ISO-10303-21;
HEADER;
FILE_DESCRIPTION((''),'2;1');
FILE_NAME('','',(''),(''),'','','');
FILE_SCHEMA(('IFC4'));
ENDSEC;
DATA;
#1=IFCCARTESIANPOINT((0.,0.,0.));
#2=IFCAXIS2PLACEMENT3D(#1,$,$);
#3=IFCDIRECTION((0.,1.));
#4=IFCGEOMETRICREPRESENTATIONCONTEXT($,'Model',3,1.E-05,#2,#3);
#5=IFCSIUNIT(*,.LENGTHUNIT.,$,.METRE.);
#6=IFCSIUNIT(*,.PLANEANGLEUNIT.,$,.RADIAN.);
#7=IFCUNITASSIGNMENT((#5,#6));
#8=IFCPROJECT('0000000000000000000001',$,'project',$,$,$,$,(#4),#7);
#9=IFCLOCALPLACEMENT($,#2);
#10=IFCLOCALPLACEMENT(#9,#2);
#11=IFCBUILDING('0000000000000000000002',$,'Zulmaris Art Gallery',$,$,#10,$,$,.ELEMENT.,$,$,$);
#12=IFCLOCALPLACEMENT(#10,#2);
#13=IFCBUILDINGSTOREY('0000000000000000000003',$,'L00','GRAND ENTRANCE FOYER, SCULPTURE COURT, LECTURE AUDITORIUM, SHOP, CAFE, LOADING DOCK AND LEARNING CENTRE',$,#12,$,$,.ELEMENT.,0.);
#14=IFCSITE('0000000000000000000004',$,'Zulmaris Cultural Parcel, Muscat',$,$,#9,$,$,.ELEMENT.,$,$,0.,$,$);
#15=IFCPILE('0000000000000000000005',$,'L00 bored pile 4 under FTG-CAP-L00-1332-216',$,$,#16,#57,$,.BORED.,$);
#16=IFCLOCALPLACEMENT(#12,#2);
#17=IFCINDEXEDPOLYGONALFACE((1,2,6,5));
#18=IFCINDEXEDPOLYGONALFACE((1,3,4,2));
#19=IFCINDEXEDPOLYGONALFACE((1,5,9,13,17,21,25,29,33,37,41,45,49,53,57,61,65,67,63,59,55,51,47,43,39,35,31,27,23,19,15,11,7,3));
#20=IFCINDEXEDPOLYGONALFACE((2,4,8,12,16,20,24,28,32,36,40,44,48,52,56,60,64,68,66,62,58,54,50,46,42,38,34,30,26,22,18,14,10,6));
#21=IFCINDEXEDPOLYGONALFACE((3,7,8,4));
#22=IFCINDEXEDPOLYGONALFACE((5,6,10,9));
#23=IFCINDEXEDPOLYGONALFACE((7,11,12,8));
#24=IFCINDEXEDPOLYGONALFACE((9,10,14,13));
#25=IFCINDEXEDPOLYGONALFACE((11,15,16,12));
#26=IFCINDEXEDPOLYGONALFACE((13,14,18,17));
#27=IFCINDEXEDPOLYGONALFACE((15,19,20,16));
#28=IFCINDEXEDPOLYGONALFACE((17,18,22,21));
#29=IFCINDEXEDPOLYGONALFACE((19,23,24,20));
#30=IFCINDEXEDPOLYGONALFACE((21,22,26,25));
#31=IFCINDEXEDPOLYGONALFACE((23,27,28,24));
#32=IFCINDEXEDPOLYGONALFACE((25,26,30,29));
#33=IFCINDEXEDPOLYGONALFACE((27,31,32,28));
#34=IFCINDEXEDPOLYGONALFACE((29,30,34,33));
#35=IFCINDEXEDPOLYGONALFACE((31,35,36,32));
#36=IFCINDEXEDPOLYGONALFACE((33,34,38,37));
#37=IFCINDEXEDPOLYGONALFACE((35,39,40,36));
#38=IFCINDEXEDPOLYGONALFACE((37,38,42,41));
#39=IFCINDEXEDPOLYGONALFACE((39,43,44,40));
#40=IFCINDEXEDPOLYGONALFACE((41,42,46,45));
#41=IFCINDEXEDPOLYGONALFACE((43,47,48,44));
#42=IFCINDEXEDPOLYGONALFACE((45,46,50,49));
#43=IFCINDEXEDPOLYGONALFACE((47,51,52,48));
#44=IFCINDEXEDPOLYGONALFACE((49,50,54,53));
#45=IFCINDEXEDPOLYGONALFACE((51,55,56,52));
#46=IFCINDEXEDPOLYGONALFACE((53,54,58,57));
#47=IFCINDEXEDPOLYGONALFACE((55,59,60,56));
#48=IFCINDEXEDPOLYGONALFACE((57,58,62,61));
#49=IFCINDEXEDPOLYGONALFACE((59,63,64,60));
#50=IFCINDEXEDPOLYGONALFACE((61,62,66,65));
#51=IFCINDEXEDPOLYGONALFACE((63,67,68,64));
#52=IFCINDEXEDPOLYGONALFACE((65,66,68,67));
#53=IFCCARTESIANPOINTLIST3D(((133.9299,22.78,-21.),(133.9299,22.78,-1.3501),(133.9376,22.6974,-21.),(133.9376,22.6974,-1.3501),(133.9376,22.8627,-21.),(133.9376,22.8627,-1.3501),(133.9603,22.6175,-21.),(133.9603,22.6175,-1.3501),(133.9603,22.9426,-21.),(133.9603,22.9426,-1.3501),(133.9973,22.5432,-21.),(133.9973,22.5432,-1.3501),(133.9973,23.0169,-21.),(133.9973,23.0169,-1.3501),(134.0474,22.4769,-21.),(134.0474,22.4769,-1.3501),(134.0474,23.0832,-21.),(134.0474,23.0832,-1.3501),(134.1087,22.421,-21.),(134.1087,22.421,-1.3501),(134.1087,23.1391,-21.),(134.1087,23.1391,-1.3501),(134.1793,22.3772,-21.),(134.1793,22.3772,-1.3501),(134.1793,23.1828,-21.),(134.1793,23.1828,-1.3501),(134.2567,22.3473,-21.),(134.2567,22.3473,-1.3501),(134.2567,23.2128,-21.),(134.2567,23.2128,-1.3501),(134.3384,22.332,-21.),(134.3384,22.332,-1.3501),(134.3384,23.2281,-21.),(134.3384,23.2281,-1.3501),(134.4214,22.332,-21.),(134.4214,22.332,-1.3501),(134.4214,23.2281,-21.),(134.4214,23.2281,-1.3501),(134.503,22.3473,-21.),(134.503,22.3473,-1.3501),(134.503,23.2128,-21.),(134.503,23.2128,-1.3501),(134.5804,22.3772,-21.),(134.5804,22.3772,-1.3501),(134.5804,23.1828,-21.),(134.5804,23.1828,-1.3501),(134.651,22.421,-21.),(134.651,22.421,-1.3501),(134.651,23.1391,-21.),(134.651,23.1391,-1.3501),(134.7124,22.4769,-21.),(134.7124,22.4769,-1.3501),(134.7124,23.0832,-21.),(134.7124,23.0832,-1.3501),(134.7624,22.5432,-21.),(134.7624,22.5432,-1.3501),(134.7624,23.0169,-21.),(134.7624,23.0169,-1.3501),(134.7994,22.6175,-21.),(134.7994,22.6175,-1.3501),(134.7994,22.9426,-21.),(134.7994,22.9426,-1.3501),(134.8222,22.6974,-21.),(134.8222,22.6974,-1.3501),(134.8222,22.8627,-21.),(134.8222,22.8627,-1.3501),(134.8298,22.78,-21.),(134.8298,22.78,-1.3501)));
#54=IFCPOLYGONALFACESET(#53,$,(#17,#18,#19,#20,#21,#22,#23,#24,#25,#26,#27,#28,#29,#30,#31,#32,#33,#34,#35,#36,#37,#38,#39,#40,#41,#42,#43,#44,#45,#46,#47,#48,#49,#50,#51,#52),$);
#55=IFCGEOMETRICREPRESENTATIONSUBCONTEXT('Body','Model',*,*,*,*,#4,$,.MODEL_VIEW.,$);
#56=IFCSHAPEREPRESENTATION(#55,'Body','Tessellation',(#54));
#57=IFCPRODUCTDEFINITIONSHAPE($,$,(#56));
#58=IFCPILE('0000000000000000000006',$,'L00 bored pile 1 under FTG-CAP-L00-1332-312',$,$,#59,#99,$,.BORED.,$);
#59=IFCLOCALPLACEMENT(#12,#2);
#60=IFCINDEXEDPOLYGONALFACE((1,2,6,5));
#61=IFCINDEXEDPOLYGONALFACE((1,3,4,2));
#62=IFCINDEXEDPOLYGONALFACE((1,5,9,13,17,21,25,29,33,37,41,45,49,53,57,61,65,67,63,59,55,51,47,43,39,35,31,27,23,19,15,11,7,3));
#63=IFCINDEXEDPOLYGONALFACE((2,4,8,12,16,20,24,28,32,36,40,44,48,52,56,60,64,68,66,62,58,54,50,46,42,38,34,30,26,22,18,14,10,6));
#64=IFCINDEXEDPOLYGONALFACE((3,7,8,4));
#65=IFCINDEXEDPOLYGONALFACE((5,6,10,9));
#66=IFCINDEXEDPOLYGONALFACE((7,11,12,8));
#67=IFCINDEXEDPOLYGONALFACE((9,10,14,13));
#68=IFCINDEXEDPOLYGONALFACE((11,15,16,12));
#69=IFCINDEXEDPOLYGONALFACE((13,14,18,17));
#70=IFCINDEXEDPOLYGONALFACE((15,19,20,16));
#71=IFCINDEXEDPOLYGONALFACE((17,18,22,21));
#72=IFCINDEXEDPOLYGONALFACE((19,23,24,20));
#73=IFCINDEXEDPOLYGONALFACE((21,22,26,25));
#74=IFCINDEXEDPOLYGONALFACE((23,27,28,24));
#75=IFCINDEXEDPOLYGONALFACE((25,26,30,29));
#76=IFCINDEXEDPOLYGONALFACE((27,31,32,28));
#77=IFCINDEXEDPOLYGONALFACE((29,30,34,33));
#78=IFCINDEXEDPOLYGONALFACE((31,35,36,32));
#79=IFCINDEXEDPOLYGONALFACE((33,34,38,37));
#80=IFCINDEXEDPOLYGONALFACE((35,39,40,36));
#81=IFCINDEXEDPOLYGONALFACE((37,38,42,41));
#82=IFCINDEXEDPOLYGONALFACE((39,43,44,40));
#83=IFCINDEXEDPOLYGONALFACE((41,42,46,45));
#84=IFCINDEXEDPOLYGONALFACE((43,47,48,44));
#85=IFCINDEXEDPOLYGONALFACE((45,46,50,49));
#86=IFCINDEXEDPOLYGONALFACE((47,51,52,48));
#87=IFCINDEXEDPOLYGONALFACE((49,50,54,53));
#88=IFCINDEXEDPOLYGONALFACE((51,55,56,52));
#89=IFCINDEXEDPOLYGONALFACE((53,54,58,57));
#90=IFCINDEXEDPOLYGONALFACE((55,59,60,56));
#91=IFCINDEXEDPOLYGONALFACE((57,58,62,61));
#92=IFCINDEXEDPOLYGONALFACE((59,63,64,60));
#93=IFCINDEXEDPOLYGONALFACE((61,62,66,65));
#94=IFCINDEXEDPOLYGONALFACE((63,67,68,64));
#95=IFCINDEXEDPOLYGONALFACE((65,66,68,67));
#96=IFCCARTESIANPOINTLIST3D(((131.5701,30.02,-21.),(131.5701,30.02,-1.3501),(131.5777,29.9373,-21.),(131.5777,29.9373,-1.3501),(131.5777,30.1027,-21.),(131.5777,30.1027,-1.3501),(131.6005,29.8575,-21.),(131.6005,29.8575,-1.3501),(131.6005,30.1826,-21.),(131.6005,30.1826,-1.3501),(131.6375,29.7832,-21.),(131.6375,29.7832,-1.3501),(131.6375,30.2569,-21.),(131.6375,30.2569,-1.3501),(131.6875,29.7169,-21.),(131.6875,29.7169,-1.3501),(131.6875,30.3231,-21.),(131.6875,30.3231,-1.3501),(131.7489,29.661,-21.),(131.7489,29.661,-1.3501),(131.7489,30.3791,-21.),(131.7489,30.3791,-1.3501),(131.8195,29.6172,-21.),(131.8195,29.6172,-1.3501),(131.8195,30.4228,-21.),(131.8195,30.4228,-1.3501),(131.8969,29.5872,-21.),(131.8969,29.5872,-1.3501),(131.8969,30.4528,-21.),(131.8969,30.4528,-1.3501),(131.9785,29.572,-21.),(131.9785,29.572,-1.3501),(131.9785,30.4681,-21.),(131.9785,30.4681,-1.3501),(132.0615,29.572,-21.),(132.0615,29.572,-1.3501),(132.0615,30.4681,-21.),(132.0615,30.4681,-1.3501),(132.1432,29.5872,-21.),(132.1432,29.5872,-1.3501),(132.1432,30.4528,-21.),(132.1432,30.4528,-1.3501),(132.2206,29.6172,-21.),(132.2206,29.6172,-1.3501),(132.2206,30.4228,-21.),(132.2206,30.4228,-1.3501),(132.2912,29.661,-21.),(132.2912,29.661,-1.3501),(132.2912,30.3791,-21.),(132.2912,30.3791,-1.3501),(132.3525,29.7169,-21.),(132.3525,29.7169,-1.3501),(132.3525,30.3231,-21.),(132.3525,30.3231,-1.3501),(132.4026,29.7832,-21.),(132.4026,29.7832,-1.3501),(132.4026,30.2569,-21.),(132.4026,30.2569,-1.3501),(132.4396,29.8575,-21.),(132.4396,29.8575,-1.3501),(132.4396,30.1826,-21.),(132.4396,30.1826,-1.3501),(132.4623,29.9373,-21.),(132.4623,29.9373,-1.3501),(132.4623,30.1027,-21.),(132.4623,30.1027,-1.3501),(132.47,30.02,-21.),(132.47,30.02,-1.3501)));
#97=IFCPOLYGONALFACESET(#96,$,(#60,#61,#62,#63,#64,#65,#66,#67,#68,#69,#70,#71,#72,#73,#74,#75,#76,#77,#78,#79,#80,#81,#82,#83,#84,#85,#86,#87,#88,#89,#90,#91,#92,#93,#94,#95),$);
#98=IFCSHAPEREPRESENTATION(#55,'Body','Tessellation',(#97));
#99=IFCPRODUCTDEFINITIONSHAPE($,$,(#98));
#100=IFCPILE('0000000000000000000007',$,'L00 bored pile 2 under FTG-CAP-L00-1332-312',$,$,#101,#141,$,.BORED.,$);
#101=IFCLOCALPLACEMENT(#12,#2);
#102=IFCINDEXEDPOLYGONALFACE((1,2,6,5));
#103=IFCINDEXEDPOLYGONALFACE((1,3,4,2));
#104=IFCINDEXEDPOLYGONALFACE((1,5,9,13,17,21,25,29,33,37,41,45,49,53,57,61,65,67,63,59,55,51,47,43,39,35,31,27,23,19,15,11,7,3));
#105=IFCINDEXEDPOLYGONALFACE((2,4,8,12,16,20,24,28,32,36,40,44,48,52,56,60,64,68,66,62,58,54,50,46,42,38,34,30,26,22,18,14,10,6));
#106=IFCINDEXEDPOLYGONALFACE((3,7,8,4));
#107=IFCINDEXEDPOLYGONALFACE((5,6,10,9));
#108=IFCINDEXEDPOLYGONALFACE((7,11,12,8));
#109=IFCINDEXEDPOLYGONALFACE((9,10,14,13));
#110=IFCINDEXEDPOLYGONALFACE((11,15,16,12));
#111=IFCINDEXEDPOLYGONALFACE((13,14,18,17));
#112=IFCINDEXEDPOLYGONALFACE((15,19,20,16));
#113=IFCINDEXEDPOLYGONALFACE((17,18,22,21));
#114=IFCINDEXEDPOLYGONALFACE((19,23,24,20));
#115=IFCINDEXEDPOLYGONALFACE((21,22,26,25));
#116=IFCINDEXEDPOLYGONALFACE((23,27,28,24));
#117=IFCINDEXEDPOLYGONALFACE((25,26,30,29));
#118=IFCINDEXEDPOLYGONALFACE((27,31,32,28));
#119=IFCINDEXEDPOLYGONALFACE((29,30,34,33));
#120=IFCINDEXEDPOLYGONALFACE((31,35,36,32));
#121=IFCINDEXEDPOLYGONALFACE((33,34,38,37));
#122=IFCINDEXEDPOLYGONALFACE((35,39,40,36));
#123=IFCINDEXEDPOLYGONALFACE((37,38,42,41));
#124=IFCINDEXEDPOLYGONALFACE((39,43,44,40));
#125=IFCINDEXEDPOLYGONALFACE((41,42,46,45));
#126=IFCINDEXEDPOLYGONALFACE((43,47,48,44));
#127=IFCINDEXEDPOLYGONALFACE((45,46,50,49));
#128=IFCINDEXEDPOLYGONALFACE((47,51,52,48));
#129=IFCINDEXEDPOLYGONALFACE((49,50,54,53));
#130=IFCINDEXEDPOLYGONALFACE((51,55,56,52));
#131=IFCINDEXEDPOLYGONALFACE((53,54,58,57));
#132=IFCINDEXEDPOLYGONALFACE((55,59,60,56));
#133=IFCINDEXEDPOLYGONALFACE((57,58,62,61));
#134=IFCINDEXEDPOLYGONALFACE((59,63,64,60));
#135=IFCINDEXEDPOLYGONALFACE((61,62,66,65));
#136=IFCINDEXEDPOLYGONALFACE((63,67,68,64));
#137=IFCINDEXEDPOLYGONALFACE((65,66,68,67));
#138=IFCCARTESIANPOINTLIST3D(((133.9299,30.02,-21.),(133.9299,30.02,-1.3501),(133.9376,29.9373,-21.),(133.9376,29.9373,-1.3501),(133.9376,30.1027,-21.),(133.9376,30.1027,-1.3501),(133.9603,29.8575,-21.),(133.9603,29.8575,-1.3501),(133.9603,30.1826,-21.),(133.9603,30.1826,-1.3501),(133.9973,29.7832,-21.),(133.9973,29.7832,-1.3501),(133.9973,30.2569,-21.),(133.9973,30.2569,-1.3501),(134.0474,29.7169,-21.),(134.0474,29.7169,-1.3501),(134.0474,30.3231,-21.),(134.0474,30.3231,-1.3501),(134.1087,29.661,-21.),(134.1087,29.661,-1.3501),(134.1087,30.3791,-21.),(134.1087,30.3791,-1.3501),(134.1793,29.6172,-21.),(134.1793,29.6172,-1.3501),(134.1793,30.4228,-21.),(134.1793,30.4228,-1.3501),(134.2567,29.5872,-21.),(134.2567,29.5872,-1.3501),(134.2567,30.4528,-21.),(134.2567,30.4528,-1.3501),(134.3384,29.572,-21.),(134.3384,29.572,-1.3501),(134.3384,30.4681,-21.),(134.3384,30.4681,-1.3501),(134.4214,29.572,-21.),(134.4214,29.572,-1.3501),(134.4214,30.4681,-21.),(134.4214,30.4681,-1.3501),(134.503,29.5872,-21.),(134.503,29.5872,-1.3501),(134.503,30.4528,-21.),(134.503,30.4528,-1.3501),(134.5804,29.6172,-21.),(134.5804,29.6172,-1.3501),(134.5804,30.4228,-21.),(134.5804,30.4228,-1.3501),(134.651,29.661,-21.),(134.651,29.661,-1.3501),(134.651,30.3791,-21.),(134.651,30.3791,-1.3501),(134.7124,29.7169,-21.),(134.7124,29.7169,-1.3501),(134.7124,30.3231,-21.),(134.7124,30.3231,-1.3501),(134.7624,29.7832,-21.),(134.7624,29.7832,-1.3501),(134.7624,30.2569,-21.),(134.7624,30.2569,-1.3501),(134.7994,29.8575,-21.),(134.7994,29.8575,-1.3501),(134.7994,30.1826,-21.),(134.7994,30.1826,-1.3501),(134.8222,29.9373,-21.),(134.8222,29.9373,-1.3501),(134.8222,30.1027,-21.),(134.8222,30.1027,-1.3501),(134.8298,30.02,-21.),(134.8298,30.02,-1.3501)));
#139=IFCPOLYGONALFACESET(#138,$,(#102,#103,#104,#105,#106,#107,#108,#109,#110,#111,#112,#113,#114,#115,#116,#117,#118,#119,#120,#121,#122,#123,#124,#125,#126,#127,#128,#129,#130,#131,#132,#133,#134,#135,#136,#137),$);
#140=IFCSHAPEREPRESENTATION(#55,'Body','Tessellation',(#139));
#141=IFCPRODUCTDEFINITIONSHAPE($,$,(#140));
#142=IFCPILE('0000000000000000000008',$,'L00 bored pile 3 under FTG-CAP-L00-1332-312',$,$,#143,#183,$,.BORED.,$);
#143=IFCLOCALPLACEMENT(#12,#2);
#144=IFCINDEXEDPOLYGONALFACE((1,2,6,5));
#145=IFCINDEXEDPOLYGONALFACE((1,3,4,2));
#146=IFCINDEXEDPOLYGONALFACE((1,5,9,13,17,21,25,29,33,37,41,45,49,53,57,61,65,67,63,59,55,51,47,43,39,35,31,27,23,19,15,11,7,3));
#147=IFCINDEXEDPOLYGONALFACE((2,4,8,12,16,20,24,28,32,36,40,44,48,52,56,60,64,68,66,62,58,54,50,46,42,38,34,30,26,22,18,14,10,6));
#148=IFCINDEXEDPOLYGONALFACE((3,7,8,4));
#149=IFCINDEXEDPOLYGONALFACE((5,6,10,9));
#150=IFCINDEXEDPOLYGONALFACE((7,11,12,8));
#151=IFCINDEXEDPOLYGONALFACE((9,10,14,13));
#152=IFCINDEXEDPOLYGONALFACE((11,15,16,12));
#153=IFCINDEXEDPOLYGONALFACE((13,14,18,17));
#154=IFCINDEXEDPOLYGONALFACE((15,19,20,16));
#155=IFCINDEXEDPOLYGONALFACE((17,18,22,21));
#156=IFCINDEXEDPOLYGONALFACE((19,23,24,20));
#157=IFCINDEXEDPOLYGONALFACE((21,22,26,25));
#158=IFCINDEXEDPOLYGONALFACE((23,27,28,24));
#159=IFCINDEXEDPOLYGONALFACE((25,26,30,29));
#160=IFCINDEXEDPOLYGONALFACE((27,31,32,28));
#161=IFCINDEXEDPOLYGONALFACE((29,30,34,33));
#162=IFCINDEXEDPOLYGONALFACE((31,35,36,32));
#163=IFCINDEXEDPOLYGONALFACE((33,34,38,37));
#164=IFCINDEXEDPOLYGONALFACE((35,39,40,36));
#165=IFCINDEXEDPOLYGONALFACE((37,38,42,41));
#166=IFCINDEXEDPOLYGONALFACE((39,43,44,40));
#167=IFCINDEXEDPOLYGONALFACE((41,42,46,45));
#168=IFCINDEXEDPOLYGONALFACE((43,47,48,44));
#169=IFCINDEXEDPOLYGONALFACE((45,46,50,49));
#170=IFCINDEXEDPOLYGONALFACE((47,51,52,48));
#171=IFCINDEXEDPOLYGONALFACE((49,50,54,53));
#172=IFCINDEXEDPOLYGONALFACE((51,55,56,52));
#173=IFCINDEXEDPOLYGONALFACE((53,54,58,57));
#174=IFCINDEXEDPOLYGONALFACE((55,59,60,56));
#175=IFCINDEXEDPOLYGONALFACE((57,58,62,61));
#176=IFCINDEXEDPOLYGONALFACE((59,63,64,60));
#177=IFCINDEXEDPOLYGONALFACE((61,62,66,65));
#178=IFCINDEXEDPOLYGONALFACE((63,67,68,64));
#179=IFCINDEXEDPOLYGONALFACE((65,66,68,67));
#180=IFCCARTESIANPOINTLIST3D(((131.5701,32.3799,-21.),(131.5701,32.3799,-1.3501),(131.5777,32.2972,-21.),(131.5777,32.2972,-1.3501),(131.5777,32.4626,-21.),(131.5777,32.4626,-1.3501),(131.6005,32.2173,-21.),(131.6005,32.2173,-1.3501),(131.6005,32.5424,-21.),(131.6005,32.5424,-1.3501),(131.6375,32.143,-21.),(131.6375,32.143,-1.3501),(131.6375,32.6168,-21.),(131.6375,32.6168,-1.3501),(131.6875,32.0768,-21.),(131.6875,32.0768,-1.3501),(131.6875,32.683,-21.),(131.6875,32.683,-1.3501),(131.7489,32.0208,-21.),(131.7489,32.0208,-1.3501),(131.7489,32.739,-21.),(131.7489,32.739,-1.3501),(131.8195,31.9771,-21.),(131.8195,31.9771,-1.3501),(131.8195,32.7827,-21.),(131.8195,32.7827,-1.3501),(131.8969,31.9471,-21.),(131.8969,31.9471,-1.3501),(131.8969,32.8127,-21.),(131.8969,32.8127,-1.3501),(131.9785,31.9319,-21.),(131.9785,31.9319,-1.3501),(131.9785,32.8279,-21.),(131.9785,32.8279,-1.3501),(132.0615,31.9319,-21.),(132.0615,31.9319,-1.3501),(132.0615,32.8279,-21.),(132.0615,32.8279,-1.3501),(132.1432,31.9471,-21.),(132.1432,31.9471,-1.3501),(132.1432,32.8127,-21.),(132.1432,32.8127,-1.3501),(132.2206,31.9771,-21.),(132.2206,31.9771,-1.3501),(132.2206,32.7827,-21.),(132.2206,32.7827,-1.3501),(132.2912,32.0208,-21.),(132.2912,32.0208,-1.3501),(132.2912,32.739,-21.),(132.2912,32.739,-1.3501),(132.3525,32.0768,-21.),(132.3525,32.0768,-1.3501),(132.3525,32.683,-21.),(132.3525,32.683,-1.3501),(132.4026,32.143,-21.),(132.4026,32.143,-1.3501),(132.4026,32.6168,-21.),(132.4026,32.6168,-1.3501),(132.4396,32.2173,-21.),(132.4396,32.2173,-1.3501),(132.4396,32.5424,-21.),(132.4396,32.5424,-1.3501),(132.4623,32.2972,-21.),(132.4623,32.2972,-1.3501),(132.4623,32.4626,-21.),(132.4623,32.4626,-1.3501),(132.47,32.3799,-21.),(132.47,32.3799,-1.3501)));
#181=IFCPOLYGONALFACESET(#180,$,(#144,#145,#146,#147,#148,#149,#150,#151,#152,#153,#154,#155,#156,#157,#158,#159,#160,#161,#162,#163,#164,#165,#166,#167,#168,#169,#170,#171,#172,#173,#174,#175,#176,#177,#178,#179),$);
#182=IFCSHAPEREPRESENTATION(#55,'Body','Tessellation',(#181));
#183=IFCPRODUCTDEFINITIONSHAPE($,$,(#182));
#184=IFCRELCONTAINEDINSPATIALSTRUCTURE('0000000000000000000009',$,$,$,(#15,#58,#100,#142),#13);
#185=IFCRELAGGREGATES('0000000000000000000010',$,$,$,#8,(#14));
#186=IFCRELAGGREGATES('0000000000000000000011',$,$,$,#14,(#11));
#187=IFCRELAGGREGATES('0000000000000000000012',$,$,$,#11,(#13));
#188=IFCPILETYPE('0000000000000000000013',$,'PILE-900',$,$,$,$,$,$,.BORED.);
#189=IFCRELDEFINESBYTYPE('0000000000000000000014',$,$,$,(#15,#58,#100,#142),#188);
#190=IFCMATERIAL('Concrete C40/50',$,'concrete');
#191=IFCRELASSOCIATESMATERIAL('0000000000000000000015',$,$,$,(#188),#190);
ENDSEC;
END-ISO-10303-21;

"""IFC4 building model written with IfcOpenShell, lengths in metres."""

from ifc_helpers import new_model, si_unit, direction, frame, origin, origin_2d, place, context, subcontext, project, spatial, circle, extrude, material, material_profile, profile_set, type_object, element, save


model = new_model("IFC4")

# Units and contexts
model_context = context("Model", 3, precision=1e-05, world=origin(), true_north=direction((0.0, 1.0)))
body_context = subcontext(model_context, "Body", "Model", "MODEL_VIEW")
ifc_project = project(units=[si_unit("LENGTHUNIT", "METRE"), si_unit("PLANEANGLEUNIT", "RADIAN")], contexts=[model_context])

# Site, building, storey
site_placement = place(None, origin())
site = spatial("IfcSite", under=ifc_project, at=site_placement, Name="Zulmaris Cultural Parcel, Muscat", CompositionType="ELEMENT", RefElevation=0.0)
building_placement = place(site_placement, origin())
building = spatial("IfcBuilding", under=site, at=building_placement, Name="Zulmaris Art Gallery", CompositionType="ELEMENT")
storey_placement = place(building_placement, origin())
storey = spatial("IfcBuildingStorey", under=building, at=storey_placement, Name="L00", Description="GRAND ENTRANCE FOYER, SCULPTURE COURT, LECTURE AUDITORIUM, SHOP, CAFE, LOADING DOCK AND LEARNING CENTRE", CompositionType="ELEMENT", Elevation=0.0)

# Piles
ifc_material_1 = material(Name="Concrete C40/50", Category="concrete")
ifc_material_profile_1 = material_profile(ifc_material_1, circle(Radius=0.45, at=origin_2d()), Name="PILE DIA 900")
ifc_profile_set_1 = profile_set([ifc_material_profile_1], Name="Concrete C40/50")
pile_type_1 = type_object("IfcPileType", Name="PILE-900", PredefinedType="BORED", material=ifc_profile_set_1)
for number, where, z_axis, x_axis, name in (
    (1, (134.3799, 22.78, -1.3501), (0.0, 0.0, -1.0), (1.0, 0.0, 0.0), "L00 bored pile 4 under FTG-CAP-L00-1332-216"),
    (2, (132.02, 30.02, -1.3501), (0.0, 0.0, -1.0), (1.0, 0.0, 0.0), "L00 bored pile 1 under FTG-CAP-L00-1332-312"),
    (3, (134.3799, 30.02, -1.3501), (0.0, 0.0, -1.0), (1.0, 0.0, 0.0), "L00 bored pile 2 under FTG-CAP-L00-1332-312"),
    (4, (132.02, 32.3799, -1.3501), (0.0, 0.0, -1.0), (1.0, 0.0, 0.0), "L00 bored pile 3 under FTG-CAP-L00-1332-312"),
):
    element("IfcPile", number, at=place(storey_placement, frame(where, z_axis=z_axis, x_axis=x_axis)), inside=storey, type_object=pile_type_1, Name=name, PredefinedType="BORED", context=body_context, shape_type="SweptSolid", body=[
        extrude(circle(Radius=0.45, at=origin_2d()), origin(), (0.0, 0.0, 1.0), 19.6499),
    ])

save(model, "model.ifc")
